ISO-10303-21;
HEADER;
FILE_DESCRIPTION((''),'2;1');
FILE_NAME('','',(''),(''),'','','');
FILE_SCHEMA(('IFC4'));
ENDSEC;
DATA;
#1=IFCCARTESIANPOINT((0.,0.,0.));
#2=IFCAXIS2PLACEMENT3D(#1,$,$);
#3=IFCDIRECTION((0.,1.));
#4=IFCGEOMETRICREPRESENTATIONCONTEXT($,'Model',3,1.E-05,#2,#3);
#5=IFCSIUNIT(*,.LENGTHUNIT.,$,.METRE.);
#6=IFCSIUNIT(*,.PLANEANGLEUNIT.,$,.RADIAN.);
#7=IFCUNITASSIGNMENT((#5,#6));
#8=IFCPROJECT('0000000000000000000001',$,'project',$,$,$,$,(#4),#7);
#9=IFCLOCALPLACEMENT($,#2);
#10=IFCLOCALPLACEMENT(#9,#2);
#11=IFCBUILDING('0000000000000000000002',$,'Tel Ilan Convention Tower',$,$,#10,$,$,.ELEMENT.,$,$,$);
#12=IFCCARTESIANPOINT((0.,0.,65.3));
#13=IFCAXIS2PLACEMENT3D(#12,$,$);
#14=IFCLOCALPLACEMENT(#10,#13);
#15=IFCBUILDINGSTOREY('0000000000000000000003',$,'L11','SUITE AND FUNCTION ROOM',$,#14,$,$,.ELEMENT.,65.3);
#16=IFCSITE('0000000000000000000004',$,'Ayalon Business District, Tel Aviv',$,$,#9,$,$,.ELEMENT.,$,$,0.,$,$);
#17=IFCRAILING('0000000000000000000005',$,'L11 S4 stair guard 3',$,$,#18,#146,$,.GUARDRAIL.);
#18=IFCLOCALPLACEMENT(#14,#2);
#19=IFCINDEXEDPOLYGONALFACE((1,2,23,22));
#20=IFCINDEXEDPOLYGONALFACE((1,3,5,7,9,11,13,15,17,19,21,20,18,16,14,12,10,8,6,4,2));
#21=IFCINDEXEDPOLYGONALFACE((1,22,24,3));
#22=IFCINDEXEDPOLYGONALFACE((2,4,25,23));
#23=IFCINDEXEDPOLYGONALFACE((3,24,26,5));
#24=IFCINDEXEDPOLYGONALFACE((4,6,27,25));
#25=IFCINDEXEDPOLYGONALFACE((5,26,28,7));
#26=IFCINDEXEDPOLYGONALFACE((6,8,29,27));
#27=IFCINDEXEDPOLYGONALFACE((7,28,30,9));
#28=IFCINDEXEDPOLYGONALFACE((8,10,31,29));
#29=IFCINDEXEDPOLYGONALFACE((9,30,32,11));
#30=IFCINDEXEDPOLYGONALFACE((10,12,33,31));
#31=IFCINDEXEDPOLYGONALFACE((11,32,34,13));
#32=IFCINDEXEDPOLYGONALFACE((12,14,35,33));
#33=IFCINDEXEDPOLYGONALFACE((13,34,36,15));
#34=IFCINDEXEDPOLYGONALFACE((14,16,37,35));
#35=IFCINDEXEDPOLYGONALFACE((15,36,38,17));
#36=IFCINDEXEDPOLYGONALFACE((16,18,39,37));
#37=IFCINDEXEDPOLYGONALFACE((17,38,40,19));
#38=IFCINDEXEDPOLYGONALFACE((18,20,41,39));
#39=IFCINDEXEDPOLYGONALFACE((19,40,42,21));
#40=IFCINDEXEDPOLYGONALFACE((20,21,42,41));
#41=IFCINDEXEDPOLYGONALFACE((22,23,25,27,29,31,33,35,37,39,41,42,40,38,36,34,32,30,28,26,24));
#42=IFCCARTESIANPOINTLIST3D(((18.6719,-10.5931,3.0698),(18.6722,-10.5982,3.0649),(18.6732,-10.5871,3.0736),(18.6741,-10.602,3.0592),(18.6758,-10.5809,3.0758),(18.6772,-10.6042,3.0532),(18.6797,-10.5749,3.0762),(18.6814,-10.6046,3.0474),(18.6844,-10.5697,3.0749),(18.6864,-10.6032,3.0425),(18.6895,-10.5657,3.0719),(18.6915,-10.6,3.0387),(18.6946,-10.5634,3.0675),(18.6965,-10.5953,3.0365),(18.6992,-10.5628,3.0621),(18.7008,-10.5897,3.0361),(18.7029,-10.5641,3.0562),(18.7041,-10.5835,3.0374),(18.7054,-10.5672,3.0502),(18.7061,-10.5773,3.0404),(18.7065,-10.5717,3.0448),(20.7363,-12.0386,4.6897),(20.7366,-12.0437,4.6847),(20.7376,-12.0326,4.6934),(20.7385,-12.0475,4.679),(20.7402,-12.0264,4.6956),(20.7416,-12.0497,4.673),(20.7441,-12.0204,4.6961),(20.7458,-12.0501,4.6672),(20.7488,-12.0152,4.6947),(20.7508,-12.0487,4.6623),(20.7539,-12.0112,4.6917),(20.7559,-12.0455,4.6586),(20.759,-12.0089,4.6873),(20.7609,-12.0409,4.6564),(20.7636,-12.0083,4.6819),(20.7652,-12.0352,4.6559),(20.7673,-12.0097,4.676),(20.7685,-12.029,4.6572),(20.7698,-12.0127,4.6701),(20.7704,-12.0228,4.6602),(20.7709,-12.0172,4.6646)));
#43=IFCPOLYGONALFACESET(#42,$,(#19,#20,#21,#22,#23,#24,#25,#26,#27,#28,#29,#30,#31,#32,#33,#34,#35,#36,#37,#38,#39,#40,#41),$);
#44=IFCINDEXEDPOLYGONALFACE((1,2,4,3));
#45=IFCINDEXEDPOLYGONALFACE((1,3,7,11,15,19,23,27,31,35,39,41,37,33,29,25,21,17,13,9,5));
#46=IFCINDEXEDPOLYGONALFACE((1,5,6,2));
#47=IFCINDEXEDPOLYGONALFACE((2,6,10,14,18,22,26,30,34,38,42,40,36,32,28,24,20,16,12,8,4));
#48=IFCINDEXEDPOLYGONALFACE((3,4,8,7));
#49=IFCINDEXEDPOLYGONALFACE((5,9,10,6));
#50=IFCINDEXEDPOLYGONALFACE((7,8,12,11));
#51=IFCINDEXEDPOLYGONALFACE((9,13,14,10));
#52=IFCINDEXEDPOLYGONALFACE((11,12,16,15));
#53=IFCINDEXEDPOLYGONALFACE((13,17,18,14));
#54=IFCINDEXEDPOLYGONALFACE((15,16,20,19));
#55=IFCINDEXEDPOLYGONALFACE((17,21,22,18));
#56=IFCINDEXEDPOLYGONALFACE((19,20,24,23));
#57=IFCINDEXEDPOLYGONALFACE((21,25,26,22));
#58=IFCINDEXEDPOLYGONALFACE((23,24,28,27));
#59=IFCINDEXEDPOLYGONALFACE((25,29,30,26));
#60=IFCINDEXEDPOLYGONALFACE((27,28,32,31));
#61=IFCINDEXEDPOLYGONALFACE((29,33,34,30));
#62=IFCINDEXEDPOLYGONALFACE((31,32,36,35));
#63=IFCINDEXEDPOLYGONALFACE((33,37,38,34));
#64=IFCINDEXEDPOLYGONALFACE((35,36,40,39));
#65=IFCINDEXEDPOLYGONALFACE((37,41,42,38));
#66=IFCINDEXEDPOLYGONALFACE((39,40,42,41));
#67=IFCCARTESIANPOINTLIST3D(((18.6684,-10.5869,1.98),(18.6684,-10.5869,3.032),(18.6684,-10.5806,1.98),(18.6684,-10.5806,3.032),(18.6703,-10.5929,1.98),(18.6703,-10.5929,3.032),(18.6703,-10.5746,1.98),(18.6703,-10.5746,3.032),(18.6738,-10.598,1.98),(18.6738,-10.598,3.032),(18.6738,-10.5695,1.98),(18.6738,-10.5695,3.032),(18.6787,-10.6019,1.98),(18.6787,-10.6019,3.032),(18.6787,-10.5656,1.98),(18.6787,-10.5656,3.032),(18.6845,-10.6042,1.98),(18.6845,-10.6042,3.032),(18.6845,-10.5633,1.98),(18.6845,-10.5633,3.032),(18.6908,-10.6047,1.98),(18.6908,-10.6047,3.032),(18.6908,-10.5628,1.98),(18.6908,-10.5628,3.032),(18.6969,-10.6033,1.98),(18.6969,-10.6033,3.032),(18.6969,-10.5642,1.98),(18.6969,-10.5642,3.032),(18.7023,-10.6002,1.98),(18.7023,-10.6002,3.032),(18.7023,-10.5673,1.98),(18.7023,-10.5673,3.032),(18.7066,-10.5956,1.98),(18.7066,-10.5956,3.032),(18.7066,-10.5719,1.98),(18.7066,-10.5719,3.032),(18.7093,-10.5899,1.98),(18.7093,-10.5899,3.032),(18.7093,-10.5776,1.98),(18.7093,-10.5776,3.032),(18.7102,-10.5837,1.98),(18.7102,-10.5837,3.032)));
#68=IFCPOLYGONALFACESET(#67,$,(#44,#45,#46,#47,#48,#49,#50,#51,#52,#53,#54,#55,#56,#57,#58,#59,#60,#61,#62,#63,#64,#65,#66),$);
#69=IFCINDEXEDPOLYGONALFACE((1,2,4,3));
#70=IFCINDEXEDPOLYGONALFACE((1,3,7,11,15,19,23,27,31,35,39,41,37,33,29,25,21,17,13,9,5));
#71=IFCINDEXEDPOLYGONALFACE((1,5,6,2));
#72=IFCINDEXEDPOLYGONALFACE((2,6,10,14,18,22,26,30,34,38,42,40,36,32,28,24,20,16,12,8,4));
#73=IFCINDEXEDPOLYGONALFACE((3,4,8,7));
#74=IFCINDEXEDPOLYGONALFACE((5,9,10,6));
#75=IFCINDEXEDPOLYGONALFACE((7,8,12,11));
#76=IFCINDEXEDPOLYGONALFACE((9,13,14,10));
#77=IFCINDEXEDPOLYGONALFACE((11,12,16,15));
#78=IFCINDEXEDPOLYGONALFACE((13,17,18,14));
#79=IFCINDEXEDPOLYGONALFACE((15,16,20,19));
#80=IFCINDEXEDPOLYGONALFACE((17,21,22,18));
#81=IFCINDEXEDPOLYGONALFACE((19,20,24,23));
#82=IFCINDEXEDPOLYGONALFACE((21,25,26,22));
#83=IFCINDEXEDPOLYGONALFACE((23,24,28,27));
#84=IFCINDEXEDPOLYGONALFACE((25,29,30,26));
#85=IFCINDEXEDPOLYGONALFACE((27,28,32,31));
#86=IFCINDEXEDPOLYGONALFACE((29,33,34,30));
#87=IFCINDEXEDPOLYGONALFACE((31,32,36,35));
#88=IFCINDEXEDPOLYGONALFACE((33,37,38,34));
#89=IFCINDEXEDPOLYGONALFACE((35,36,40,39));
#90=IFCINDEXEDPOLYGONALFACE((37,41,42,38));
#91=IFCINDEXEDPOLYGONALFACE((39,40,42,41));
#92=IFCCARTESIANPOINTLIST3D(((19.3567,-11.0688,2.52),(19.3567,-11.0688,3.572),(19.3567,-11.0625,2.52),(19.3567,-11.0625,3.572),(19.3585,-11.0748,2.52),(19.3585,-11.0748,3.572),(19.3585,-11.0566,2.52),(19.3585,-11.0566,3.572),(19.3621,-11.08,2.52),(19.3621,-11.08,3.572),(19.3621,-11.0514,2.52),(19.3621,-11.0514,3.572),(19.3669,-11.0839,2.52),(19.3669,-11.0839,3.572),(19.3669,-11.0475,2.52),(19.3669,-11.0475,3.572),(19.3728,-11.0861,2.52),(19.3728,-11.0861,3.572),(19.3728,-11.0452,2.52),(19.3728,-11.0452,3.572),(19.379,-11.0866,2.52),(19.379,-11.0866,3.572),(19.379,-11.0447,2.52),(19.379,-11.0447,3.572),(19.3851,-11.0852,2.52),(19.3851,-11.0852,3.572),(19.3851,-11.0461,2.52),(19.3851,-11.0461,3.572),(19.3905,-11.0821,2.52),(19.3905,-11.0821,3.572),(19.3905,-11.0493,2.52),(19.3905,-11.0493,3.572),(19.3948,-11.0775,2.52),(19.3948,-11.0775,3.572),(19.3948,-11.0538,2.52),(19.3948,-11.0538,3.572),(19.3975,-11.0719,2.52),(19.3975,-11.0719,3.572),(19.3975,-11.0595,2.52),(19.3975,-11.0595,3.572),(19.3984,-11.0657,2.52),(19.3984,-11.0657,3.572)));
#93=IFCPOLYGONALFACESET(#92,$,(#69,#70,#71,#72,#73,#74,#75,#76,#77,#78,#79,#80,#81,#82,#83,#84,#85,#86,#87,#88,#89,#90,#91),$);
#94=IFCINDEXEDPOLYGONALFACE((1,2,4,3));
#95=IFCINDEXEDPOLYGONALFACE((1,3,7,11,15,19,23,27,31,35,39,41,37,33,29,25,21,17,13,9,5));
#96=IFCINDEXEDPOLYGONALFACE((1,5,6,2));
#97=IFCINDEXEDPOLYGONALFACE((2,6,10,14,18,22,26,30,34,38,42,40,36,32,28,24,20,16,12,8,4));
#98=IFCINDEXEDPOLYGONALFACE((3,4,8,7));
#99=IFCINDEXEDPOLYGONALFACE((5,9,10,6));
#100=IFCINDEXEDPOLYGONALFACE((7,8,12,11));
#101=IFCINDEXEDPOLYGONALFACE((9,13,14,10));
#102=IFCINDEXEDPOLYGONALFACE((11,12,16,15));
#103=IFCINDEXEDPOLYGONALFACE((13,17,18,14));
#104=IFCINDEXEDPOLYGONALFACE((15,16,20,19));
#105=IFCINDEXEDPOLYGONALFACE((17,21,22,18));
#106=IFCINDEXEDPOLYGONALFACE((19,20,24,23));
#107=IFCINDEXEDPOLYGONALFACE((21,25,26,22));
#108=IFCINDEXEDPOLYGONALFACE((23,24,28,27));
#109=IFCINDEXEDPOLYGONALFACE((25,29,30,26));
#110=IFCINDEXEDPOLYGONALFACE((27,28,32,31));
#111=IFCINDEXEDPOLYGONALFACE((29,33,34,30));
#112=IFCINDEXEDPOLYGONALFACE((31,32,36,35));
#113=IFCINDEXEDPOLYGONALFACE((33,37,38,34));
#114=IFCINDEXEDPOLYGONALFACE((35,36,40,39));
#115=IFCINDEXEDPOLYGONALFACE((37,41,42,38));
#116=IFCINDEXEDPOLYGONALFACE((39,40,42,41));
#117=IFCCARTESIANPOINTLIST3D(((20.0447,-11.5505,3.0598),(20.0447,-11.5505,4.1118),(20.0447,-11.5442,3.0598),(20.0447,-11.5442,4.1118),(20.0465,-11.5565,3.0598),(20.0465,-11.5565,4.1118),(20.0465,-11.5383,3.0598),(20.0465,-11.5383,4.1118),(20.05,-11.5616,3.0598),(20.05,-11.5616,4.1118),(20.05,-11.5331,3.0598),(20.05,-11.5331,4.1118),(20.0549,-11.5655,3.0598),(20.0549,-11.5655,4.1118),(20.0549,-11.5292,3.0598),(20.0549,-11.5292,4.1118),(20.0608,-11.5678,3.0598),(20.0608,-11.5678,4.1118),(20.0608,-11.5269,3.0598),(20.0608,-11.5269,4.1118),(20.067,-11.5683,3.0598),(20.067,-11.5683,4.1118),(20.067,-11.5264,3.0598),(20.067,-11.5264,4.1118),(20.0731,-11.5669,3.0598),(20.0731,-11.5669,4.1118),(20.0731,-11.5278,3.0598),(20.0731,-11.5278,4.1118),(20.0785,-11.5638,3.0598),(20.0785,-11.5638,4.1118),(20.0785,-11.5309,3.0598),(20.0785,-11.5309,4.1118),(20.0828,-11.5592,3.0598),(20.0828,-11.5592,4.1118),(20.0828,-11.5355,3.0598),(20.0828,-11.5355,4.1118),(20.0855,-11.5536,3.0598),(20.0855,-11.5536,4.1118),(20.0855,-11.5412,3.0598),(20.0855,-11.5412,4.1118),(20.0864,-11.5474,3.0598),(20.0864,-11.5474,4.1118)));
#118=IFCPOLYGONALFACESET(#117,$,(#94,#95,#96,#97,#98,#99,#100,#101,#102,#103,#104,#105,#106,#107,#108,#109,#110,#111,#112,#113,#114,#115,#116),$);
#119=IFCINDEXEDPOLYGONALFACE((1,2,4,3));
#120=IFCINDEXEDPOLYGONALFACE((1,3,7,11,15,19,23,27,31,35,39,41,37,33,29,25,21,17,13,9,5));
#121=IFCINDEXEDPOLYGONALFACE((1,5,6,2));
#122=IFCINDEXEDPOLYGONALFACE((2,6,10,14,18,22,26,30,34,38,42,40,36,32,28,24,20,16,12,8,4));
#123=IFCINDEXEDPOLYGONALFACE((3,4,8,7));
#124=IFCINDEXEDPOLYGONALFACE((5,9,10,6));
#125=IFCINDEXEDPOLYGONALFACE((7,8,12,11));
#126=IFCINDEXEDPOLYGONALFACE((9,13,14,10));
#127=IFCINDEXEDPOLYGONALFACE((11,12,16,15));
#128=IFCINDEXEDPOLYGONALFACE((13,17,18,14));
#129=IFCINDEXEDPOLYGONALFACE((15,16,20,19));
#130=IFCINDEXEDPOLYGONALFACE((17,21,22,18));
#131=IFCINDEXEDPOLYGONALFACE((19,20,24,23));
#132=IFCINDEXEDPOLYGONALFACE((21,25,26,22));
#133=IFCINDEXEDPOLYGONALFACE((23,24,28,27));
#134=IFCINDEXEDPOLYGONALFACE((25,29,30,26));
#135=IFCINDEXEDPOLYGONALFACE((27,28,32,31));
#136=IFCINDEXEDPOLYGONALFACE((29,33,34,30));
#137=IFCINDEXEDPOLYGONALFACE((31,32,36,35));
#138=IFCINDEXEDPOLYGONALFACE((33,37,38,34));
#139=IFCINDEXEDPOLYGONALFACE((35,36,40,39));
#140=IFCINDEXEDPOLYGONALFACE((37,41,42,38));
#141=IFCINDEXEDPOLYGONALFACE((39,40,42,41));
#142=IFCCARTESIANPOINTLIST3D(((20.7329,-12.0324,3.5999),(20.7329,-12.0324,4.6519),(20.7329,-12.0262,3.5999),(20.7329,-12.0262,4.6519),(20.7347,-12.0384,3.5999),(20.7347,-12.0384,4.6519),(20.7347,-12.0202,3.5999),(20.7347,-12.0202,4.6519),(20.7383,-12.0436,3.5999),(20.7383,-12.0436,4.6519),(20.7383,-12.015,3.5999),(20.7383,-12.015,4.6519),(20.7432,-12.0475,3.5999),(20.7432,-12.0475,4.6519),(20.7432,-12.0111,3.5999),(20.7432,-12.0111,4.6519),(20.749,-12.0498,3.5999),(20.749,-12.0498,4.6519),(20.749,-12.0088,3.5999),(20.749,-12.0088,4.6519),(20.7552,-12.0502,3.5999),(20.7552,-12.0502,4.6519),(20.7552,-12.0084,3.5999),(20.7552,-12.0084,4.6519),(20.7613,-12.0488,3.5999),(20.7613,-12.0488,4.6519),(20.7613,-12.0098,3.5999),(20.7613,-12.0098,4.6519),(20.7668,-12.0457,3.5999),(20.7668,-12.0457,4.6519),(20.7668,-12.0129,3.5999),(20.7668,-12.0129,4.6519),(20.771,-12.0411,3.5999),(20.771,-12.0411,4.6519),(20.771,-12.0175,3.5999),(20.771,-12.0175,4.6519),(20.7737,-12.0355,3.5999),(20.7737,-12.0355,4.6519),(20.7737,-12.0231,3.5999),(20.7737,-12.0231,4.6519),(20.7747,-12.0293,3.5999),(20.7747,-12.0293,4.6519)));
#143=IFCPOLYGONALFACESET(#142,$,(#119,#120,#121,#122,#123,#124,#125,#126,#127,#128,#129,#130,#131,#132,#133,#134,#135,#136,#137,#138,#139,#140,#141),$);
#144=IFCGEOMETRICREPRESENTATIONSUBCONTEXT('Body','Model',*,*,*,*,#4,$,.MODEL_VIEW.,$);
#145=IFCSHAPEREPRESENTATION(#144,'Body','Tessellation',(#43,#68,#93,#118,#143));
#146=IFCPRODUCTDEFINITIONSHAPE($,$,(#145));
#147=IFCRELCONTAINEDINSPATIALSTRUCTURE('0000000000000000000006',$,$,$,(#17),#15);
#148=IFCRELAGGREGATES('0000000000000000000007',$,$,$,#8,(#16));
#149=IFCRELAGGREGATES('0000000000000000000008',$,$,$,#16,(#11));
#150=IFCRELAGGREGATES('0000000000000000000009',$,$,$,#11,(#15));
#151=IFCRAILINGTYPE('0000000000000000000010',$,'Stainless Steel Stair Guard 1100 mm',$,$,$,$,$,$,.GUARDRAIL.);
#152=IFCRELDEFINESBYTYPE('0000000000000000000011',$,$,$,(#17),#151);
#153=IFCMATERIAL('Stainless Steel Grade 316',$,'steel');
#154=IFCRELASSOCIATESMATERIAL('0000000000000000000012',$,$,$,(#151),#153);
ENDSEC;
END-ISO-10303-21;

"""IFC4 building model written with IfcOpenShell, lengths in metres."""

from ifc_helpers import new_model, si_unit, direction, frame, origin, origin_2d, place, context, subcontext, project, spatial, circle, extrude, material, type_object, element, save


model = new_model("IFC4")

# Units and contexts
model_context = context("Model", 3, precision=1e-05, world=origin(), true_north=direction((0.0, 1.0)))
body_context = subcontext(model_context, "Body", "Model", "MODEL_VIEW")
ifc_project = project(units=[si_unit("LENGTHUNIT", "METRE"), si_unit("PLANEANGLEUNIT", "RADIAN")], contexts=[model_context])

# Site, building, storey
site_placement = place(None, origin())
site = spatial("IfcSite", under=ifc_project, at=site_placement, Name="Ayalon Business District, Tel Aviv", CompositionType="ELEMENT", RefElevation=0.0)
building_placement = place(site_placement, origin())
building = spatial("IfcBuilding", under=site, at=building_placement, Name="Tel Ilan Convention Tower", CompositionType="ELEMENT")
storey_placement = place(building_placement, frame((0.0, 0.0, 65.3)))
storey = spatial("IfcBuildingStorey", under=building, at=storey_placement, Name="L11", Description="SUITE AND FUNCTION ROOM", CompositionType="ELEMENT", Elevation=65.3)

# Railing
ifc_material_1 = material(Name="Stainless Steel Grade 316", Category="steel")
railing_type_1 = type_object("IfcRailingType", Name="Stainless Steel Stair Guard 1100 mm", PredefinedType="GUARDRAIL", material=ifc_material_1)
railing_1_placement = place(storey_placement, frame((18.6892, -10.5837, 1.98)))
element("IfcRailing", 1, at=railing_1_placement, inside=storey, type_object=railing_type_1, Name="L11 S4 stair guard 3", PredefinedType="GUARDRAIL", context=body_context, shape_type="SweptSolid", body=[
    extrude(circle(Radius=0.0239, at=origin_2d()), frame((0.0, 0.0, 1.0762), z_axis=(0.689086, -0.482507, 0.540691), x_axis=(0.573579, 0.81915, 0.0)), (0.0, 0.0, 1.0), 2.9958),
    extrude(circle(Radius=0.021, at=origin_2d()), origin(), (0.0, 0.0, 1.0), 1.052),
    extrude(circle(Radius=0.021, at=origin_2d()), frame((0.6882, -0.4819, 0.54)), (0.0, 0.0, 1.0), 1.052),
    extrude(circle(Radius=0.021, at=origin_2d()), frame((1.3762, -0.9636, 1.0798)), (0.0, 0.0, 1.0), 1.052),
    extrude(circle(Radius=0.021, at=origin_2d()), frame((2.0645, -1.4456, 1.6199)), (0.0, 0.0, 1.0), 1.052),
])

save(model, "model.ifc")
